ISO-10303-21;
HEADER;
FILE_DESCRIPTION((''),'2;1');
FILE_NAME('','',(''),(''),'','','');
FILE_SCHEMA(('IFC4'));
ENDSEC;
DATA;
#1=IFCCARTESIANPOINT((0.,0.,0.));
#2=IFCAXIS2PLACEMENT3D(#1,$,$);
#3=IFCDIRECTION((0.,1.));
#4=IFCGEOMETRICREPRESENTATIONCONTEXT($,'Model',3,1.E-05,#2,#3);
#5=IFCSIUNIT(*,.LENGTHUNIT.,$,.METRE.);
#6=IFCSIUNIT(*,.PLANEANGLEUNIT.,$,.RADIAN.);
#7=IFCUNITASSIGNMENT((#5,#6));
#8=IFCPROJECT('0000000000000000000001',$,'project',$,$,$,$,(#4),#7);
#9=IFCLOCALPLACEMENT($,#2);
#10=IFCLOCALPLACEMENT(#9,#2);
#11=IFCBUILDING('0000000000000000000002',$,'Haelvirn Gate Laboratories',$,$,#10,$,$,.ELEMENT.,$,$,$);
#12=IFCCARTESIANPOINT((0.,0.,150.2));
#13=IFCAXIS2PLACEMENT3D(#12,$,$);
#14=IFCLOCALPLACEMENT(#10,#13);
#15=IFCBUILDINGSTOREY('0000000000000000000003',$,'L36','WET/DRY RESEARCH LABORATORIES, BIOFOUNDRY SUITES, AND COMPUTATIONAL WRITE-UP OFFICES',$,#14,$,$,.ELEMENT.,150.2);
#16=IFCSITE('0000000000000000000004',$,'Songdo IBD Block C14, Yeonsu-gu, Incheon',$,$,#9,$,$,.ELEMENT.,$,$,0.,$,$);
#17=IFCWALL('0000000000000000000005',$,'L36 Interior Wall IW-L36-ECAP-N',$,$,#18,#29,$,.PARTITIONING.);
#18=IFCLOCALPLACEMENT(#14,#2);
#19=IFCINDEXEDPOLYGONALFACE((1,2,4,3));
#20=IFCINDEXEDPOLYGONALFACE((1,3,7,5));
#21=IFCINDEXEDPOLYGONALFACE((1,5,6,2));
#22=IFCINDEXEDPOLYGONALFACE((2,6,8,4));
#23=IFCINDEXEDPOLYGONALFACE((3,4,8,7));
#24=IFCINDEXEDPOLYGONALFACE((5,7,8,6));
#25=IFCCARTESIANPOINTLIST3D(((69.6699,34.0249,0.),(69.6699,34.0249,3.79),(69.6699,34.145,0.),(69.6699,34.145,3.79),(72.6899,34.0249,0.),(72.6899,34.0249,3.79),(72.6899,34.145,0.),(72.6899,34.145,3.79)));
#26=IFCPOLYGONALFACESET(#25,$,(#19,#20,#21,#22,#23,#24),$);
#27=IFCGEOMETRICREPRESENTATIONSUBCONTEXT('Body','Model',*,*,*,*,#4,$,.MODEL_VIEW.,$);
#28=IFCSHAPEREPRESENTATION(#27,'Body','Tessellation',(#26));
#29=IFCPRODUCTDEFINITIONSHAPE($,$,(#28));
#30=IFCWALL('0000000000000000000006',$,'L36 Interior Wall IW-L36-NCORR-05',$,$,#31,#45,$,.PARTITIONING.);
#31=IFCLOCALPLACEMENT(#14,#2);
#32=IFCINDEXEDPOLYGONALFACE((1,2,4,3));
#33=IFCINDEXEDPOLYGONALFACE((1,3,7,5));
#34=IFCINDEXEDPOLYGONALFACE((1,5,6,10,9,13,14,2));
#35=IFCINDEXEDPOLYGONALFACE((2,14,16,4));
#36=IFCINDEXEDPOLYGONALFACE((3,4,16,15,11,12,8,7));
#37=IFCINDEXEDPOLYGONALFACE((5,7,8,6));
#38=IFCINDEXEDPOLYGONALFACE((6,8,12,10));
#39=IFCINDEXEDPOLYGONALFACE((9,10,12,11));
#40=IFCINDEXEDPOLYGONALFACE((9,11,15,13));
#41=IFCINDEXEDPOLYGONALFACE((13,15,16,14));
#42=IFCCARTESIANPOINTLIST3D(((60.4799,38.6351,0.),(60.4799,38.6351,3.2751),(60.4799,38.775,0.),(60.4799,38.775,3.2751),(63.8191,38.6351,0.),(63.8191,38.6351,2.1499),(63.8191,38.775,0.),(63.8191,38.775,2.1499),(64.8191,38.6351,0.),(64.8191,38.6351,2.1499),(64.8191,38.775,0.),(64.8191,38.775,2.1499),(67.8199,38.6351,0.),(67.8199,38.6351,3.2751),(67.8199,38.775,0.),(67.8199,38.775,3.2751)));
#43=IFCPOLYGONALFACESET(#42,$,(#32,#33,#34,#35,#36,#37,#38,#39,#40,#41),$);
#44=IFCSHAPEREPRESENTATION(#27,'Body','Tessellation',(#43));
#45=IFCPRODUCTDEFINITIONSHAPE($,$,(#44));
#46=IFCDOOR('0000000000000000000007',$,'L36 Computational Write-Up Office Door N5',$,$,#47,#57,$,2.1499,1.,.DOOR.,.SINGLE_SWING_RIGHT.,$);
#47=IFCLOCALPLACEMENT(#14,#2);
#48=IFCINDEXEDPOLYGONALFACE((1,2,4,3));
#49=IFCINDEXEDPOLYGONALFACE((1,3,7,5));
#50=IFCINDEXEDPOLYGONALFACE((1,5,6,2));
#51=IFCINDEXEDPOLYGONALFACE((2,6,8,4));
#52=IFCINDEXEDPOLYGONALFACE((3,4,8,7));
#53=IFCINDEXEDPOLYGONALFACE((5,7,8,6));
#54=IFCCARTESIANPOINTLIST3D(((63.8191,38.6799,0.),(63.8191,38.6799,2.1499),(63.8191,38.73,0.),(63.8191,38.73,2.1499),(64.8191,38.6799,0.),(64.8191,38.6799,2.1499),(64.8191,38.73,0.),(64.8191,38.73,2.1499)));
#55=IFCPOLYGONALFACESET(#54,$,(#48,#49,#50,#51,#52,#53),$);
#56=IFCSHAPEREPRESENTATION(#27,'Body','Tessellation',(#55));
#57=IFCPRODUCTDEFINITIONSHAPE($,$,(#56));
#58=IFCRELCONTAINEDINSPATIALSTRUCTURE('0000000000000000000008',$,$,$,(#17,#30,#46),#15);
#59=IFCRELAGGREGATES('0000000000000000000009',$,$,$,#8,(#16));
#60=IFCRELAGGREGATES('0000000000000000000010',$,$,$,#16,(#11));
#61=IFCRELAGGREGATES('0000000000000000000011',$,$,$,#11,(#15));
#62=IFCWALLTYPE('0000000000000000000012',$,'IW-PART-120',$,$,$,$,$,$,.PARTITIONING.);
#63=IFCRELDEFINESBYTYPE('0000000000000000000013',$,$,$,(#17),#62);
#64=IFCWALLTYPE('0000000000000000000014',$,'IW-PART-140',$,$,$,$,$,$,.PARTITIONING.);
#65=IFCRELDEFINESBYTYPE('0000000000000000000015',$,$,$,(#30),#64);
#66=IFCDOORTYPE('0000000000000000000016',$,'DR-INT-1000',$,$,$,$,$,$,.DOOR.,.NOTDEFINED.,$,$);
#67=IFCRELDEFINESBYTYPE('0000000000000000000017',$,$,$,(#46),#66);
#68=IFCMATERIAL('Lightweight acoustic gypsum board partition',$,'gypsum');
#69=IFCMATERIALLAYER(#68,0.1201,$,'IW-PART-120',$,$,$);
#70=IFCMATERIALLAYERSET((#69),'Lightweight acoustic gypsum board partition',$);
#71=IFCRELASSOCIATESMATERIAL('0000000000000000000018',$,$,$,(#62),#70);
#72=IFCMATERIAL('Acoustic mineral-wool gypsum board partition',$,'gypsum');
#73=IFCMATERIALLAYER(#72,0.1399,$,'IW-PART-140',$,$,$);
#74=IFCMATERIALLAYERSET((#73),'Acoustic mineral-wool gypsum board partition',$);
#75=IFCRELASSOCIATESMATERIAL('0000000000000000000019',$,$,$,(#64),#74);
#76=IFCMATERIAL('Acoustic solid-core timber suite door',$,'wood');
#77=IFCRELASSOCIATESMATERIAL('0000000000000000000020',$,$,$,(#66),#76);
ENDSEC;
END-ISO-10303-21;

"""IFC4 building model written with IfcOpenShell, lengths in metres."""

from ifc_helpers import new_model, si_unit, direction, frame, frame_2d, origin, place, context, subcontext, project, spatial, rectangle, extrude, source, transform, mapped, material, layer, layer_set, type_object, type_shapes, element, fill, save


model = new_model("IFC4")

# Units and contexts
model_context = context("Model", 3, precision=1e-05, world=origin(), true_north=direction((0.0, 1.0)))
body_context = subcontext(model_context, "Body", "Model", "MODEL_VIEW")
ifc_project = project(units=[si_unit("LENGTHUNIT", "METRE"), si_unit("PLANEANGLEUNIT", "RADIAN")], contexts=[model_context])

# Site, building, storey
site_placement = place(None, origin())
site = spatial("IfcSite", under=ifc_project, at=site_placement, Name="Songdo IBD Block C14, Yeonsu-gu, Incheon", CompositionType="ELEMENT", RefElevation=0.0)
building_placement = place(site_placement, origin())
building = spatial("IfcBuilding", under=site, at=building_placement, Name="Haelvirn Gate Laboratories", CompositionType="ELEMENT")
storey_placement = place(building_placement, frame((0.0, 0.0, 150.2)))
storey = spatial("IfcBuildingStorey", under=building, at=storey_placement, Name="L36", Description="WET/DRY RESEARCH LABORATORIES, BIOFOUNDRY SUITES, AND COMPUTATIONAL WRITE-UP OFFICES", CompositionType="ELEMENT", Elevation=150.2)

# Wall
ifc_material_1 = material(Name="Lightweight acoustic gypsum board partition", Category="gypsum")
ifc_layer_1 = layer(ifc_material_1, 0.1201, Name="IW-PART-120")
ifc_layer_set_1 = layer_set([ifc_layer_1], Name="Lightweight acoustic gypsum board partition")
wall_type_1 = type_object("IfcWallType", Name="IW-PART-120", PredefinedType="PARTITIONING", material=ifc_layer_set_1)
wall_1_placement = place(storey_placement, frame((69.6699, 34.085, 0.0), z_axis=(0.0, 0.0, 1.0), x_axis=(1.0, 0.0, 0.0)))
element("IfcWall", 1, at=wall_1_placement, inside=storey, type_object=wall_type_1, Name="L36 Interior Wall IW-L36-ECAP-N", PredefinedType="PARTITIONING", context=body_context, shape_type="SweptSolid", body=[
    extrude(rectangle(XDim=3.02, YDim=0.1201, at=frame_2d((1.51, 0.0))), origin(), (0.0, 0.0, 1.0), 3.79),
])

# Wall, opening, door
ifc_material_2 = material(Name="Acoustic mineral-wool gypsum board partition", Category="gypsum")
ifc_layer_2 = layer(ifc_material_2, 0.1399, Name="IW-PART-140")
ifc_layer_set_2 = layer_set([ifc_layer_2], Name="Acoustic mineral-wool gypsum board partition")
wall_type_2 = type_object("IfcWallType", Name="IW-PART-140", PredefinedType="PARTITIONING", material=ifc_layer_set_2)
wall_2_placement = place(storey_placement, frame((60.48, 38.7051, 0.0), z_axis=(0.0, 0.0, 1.0), x_axis=(1.0, 0.0, 0.0)))
wall_2 = element("IfcWall", 2, at=wall_2_placement, inside=storey, type_object=wall_type_2, Name="L36 Interior Wall IW-L36-NCORR-05", PredefinedType="PARTITIONING", context=body_context, shape_type="SweptSolid", body=[
    extrude(rectangle(XDim=7.3401, YDim=0.1399, at=frame_2d((3.6699, 0.0))), origin(), (0.0, 0.0, 1.0), 3.2751),
])
opening_placement = place(wall_2_placement, frame((3.3391, 0.0, 0.0)))
opening = element("IfcOpeningElement", 3, at=opening_placement, cuts=wall_2, PredefinedType="OPENING", context=body_context, shape_type="SweptSolid", body=[
    extrude(rectangle(XDim=1.0, YDim=2.1499, at=frame_2d((0.5, 1.075))), frame((0.0, 0.0801, 0.0), z_axis=(0.0, -1.0, 0.0), x_axis=(1.0, 0.0, 0.0)), (0.0, 0.0, 1.0), 0.1599),
])
ifc_material_3 = material(Name="Acoustic solid-core timber suite door", Category="wood")
door_type = type_object("IfcDoorType", Name="DR-INT-1000", OperationType="NOTDEFINED", PredefinedType="DOOR", material=ifc_material_3)
shared_shape_1 = source(origin(), body_context, "Body", "SweptSolid", [
    extrude(rectangle(XDim=1.0, YDim=2.1499, at=frame_2d((0.5, 1.075))), frame((0.0, 0.0249, 0.0), z_axis=(0.0, -1.0, 0.0), x_axis=(1.0, 0.0, 0.0)), (0.0, 0.0, 1.0), 0.05),
])
type_shapes(door_type, [shared_shape_1])
door_placement = place(opening_placement, origin())
door = element("IfcDoor", 4, at=door_placement, inside=storey, type_object=door_type, Name="L36 Computational Write-Up Office Door N5", OperationType="SINGLE_SWING_RIGHT", OverallHeight=2.1499, OverallWidth=1.0, PredefinedType="DOOR", context=body_context, shape_type="MappedRepresentation", body=[
    mapped(shared_shape_1, transform((0.0, 0.0, 0.0), scale=1.0)),
])
fill(opening, door)

save(model, "model.ifc")
